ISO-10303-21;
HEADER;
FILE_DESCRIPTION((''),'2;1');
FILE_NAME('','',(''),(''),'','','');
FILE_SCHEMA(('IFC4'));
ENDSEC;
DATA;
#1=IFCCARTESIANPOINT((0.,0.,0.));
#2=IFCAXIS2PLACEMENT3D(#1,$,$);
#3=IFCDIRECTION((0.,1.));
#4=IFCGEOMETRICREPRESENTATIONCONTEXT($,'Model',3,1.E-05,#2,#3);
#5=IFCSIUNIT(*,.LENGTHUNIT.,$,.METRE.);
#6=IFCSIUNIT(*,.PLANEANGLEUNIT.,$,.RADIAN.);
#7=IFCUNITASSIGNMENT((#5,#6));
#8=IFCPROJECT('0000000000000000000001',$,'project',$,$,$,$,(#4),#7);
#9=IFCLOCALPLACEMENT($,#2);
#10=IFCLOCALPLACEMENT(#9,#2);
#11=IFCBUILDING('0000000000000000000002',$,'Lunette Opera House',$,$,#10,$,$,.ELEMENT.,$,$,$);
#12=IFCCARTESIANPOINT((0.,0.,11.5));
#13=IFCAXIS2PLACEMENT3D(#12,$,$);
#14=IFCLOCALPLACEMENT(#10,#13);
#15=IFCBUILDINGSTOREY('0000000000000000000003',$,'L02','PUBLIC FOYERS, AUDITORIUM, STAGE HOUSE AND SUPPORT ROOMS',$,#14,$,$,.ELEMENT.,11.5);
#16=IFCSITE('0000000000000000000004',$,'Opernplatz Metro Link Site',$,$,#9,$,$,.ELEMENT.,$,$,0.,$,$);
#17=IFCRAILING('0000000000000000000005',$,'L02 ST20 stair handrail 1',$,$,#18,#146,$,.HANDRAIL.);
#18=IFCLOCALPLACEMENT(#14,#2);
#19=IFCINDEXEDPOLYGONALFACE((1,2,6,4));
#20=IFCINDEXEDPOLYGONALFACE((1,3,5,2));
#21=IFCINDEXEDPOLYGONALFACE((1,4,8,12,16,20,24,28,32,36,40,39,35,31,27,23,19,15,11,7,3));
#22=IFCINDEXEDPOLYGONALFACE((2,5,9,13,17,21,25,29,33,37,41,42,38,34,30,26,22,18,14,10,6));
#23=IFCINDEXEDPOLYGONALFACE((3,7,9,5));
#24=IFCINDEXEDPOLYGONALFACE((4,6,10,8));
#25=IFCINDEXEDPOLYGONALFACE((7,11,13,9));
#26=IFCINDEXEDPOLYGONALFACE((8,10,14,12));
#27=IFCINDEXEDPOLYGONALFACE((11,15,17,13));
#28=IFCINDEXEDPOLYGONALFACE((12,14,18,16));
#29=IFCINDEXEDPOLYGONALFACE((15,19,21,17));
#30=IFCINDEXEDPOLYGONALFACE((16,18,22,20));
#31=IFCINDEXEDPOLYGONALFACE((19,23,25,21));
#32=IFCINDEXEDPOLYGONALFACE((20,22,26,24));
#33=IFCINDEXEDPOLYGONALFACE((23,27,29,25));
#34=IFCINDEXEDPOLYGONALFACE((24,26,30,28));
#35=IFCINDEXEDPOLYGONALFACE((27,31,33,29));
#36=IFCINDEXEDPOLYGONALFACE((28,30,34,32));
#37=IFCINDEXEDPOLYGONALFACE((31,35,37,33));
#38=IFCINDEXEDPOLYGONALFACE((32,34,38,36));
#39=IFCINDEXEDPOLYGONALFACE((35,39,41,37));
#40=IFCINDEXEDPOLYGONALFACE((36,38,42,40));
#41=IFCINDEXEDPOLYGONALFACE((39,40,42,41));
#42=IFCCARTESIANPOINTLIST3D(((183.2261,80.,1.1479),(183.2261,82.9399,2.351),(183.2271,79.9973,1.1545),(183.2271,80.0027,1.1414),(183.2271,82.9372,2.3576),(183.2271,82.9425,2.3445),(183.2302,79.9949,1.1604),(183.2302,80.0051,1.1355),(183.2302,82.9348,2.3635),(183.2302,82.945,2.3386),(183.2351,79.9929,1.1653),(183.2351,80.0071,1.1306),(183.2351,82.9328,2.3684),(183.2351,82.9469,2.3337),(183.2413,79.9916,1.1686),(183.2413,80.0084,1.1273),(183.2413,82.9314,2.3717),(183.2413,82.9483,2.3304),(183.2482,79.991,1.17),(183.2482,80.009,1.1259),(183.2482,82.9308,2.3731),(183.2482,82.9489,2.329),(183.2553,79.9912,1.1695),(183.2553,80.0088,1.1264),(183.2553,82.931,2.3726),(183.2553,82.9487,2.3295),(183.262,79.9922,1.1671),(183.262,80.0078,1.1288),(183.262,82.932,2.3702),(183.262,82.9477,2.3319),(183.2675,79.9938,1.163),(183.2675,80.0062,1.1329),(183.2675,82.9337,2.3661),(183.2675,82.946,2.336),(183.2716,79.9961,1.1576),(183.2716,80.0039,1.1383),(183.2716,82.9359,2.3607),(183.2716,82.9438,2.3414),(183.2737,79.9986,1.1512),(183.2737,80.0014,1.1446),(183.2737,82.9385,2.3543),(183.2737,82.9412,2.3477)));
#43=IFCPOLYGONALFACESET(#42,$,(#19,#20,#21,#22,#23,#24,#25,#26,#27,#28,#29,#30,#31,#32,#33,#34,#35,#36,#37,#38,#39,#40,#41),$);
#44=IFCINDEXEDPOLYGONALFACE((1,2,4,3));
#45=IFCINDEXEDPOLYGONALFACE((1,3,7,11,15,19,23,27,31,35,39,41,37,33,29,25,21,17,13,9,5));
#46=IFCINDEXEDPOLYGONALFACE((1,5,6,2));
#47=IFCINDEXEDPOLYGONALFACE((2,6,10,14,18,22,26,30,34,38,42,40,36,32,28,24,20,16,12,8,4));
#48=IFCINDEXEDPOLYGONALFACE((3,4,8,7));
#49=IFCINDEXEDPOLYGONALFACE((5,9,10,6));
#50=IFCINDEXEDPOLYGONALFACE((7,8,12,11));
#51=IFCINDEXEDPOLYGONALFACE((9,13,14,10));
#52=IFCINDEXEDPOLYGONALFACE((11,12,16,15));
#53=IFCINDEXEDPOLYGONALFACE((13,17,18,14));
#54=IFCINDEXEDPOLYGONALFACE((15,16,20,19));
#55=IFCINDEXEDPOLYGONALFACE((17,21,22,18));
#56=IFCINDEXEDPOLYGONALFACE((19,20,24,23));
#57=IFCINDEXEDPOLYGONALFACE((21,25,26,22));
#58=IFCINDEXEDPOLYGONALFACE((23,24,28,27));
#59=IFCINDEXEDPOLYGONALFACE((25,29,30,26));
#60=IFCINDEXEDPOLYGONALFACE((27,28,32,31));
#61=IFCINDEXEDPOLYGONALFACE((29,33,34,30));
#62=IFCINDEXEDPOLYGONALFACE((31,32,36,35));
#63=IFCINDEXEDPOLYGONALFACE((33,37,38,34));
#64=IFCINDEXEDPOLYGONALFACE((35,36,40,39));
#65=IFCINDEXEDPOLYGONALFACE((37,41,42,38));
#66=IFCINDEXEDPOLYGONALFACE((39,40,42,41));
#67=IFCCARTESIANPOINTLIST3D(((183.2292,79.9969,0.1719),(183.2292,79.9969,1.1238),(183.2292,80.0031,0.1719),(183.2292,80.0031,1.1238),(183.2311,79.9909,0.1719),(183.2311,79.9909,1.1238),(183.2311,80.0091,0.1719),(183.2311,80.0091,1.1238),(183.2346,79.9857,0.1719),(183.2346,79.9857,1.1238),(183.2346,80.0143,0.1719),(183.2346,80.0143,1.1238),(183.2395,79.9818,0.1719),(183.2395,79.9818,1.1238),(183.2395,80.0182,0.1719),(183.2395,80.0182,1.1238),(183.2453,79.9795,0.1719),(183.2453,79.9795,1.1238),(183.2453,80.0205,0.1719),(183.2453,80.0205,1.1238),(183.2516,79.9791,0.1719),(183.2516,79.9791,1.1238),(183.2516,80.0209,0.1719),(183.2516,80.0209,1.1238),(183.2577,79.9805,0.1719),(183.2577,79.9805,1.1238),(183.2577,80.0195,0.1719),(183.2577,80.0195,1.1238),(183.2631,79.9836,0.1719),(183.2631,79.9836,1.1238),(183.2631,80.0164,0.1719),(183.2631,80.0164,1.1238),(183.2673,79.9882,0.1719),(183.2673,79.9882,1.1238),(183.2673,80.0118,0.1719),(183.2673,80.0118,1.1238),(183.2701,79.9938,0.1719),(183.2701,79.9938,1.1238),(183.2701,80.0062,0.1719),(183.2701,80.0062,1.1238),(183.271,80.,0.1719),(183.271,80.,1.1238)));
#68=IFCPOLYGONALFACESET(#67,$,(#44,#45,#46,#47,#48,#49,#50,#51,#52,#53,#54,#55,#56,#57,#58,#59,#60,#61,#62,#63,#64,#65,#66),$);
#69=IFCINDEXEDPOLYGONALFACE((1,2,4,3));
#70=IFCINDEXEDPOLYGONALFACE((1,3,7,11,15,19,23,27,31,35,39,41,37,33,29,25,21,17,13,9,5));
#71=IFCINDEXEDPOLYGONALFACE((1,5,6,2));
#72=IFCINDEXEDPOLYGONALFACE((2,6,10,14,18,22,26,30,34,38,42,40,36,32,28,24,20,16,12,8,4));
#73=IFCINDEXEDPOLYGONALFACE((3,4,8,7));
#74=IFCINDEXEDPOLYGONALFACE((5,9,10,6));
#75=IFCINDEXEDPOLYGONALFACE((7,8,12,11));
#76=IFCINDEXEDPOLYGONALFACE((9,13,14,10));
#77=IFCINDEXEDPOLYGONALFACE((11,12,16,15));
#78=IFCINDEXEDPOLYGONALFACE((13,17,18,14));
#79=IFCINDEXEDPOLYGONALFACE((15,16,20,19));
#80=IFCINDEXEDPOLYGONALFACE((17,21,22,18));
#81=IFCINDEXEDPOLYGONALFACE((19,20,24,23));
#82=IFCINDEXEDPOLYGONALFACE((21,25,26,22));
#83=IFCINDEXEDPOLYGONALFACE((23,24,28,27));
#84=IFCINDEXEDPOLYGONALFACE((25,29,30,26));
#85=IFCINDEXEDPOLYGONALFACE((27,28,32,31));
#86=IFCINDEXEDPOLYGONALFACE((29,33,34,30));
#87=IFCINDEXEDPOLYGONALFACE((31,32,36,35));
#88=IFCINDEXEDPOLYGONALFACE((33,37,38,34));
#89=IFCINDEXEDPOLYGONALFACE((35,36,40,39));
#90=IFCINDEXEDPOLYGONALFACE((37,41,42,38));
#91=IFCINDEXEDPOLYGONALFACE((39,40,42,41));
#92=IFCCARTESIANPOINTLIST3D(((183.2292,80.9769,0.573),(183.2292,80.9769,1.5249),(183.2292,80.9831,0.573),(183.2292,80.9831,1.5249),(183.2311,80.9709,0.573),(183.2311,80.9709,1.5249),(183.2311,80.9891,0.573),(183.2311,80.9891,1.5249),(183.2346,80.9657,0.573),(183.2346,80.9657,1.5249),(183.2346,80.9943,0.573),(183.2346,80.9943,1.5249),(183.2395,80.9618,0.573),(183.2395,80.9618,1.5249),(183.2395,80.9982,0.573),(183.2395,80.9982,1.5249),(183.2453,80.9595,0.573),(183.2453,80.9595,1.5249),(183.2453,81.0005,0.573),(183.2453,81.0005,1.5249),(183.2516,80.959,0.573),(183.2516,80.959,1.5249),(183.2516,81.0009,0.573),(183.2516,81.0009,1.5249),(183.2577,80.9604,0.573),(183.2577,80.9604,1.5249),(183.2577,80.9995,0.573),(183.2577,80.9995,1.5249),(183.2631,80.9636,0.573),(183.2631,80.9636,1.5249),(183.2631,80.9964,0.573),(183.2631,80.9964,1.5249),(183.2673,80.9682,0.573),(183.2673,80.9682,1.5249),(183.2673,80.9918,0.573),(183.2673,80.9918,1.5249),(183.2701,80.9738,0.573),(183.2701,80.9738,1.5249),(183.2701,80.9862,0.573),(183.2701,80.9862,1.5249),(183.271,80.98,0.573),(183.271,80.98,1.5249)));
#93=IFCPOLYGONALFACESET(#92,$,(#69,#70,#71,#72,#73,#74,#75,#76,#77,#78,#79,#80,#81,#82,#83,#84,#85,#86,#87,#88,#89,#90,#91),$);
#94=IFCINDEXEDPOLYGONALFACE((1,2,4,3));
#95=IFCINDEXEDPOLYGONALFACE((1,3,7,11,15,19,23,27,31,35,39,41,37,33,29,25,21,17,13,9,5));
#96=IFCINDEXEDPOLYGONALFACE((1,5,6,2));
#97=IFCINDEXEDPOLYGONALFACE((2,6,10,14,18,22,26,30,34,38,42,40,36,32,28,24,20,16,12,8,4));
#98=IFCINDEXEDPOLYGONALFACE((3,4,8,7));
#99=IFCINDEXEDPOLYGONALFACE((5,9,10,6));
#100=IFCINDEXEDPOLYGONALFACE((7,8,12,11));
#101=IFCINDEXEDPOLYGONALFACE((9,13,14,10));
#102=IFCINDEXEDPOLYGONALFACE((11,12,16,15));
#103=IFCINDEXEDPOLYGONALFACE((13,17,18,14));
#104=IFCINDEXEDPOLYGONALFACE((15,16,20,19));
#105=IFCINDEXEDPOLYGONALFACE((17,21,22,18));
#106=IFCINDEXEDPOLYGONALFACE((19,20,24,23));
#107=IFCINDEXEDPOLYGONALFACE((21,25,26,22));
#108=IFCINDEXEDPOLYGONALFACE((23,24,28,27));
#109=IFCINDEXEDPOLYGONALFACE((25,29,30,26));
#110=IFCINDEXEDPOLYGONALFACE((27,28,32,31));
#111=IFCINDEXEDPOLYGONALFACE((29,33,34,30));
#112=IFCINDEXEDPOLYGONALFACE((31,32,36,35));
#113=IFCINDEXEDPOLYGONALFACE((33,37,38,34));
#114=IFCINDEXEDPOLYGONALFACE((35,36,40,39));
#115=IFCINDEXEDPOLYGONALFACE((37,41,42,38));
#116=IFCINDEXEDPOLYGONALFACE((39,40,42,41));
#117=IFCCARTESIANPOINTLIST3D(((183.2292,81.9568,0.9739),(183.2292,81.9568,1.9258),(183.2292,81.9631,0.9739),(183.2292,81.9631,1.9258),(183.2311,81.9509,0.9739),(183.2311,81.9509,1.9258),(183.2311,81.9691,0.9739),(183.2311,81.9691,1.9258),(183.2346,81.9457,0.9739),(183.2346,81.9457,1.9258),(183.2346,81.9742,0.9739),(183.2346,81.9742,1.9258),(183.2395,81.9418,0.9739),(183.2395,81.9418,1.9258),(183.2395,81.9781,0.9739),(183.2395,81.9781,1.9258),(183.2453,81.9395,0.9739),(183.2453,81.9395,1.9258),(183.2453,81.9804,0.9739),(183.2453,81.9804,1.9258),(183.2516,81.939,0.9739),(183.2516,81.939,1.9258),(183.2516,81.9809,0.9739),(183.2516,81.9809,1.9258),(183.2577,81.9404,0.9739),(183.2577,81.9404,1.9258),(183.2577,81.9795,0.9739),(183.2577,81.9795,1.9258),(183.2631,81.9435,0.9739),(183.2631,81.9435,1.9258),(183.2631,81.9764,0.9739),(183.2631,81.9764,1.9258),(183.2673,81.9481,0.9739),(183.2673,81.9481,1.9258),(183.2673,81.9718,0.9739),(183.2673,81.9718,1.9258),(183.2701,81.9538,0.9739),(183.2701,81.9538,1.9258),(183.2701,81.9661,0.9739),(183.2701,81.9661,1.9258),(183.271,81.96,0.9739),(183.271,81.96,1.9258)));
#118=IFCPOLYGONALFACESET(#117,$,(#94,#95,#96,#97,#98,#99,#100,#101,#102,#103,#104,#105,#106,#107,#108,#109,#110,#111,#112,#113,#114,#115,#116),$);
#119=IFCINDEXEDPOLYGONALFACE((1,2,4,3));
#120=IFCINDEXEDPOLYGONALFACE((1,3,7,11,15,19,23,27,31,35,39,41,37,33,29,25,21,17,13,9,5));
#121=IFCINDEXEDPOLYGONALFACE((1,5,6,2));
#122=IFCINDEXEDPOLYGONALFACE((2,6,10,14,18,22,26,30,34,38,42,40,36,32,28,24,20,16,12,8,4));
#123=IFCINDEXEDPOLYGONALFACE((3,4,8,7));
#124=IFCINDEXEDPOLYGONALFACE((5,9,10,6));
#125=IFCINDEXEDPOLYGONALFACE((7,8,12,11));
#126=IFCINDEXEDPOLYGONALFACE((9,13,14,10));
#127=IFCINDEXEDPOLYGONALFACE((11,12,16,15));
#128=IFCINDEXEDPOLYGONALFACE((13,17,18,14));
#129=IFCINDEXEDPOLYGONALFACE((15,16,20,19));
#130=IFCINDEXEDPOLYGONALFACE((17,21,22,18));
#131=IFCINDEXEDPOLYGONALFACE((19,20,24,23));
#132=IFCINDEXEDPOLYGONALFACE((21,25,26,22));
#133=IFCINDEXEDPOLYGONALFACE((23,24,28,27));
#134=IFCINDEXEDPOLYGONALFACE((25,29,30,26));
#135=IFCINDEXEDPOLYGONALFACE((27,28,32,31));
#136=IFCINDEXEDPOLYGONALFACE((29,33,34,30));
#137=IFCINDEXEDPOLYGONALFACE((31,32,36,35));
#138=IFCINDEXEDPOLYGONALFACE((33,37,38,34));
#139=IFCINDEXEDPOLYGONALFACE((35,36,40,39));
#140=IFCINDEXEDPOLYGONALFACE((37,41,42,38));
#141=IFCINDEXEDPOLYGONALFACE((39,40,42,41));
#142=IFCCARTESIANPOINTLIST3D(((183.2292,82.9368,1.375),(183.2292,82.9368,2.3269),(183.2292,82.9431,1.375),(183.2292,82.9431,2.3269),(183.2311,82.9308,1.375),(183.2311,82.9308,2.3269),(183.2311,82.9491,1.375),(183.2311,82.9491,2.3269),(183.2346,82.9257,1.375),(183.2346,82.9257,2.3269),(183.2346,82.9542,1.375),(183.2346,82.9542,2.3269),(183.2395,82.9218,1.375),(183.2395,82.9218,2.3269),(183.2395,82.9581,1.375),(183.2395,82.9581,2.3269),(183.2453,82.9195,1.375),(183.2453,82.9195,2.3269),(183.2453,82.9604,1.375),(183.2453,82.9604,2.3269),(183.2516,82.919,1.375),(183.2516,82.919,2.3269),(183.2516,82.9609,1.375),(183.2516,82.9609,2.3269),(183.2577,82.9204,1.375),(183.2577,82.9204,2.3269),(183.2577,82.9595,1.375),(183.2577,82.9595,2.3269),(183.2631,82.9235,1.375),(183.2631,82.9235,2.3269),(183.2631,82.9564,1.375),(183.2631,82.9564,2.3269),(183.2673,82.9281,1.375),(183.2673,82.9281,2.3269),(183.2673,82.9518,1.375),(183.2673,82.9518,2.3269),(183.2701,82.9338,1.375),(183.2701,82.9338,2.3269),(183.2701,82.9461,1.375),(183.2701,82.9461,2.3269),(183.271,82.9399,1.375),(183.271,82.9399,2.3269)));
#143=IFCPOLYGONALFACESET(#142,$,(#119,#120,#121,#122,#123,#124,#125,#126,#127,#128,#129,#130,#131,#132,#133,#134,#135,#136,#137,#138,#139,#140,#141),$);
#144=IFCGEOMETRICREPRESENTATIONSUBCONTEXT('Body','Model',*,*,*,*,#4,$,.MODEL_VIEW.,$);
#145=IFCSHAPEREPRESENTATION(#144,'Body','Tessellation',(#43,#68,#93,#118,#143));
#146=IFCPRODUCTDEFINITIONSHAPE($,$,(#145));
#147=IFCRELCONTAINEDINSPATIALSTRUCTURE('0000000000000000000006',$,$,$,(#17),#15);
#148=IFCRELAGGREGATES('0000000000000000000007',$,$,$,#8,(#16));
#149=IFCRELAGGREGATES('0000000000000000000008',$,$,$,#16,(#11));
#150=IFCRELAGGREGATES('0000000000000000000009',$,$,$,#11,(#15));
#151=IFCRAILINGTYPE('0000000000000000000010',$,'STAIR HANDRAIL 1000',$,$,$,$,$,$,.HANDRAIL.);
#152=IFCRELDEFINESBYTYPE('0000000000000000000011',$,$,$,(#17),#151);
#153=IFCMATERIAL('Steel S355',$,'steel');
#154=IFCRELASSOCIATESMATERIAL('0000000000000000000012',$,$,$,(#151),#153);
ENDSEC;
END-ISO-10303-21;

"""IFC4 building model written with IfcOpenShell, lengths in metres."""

from ifc_helpers import new_model, si_unit, direction, frame, origin, origin_2d, place, context, subcontext, project, spatial, circle, extrude, material, type_object, element, save


model = new_model("IFC4")

# Units and contexts
model_context = context("Model", 3, precision=1e-05, world=origin(), true_north=direction((0.0, 1.0)))
body_context = subcontext(model_context, "Body", "Model", "MODEL_VIEW")
ifc_project = project(units=[si_unit("LENGTHUNIT", "METRE"), si_unit("PLANEANGLEUNIT", "RADIAN")], contexts=[model_context])

# Site, building, storey
site_placement = place(None, origin())
site = spatial("IfcSite", under=ifc_project, at=site_placement, Name="Opernplatz Metro Link Site", CompositionType="ELEMENT", RefElevation=0.0)
building_placement = place(site_placement, origin())
building = spatial("IfcBuilding", under=site, at=building_placement, Name="Lunette Opera House", CompositionType="ELEMENT")
storey_placement = place(building_placement, frame((0.0, 0.0, 11.5)))
storey = spatial("IfcBuildingStorey", under=building, at=storey_placement, Name="L02", Description="PUBLIC FOYERS, AUDITORIUM, STAGE HOUSE AND SUPPORT ROOMS", CompositionType="ELEMENT", Elevation=11.5)

# Railing
ifc_material_1 = material(Name="Steel S355", Category="steel")
railing_type_1 = type_object("IfcRailingType", Name="STAIR HANDRAIL 1000", PredefinedType="HANDRAIL", material=ifc_material_1)
for number, where, name in (
    (1, (183.25, 80.0, 0.1719), "L02 ST20 stair handrail 1"),
):
    element("IfcRailing", number, at=place(storey_placement, frame(where)), inside=storey, type_object=railing_type_1, Name=name, PredefinedType="HANDRAIL", context=body_context, shape_type="SweptSolid", body=[
        extrude(circle(Radius=0.0239, at=origin_2d()), frame((0.0, 0.0, 0.9761), z_axis=(0.0, 0.9255, 0.378747), x_axis=(-1.0, 0.0, 0.0)), (0.0, 0.0, 1.0), 3.1765),
        extrude(circle(Radius=0.021, at=origin_2d()), origin(), (0.0, 0.0, 1.0), 0.9519),
        extrude(circle(Radius=0.021, at=origin_2d()), frame((0.0, 0.98, 0.4011)), (0.0, 0.0, 1.0), 0.9519),
        extrude(circle(Radius=0.021, at=origin_2d()), frame((0.0, 1.96, 0.802)), (0.0, 0.0, 1.0), 0.9519),
        extrude(circle(Radius=0.021, at=origin_2d()), frame((0.0, 2.9399, 1.2031)), (0.0, 0.0, 1.0), 0.9519),
    ])

save(model, "model.ifc")
